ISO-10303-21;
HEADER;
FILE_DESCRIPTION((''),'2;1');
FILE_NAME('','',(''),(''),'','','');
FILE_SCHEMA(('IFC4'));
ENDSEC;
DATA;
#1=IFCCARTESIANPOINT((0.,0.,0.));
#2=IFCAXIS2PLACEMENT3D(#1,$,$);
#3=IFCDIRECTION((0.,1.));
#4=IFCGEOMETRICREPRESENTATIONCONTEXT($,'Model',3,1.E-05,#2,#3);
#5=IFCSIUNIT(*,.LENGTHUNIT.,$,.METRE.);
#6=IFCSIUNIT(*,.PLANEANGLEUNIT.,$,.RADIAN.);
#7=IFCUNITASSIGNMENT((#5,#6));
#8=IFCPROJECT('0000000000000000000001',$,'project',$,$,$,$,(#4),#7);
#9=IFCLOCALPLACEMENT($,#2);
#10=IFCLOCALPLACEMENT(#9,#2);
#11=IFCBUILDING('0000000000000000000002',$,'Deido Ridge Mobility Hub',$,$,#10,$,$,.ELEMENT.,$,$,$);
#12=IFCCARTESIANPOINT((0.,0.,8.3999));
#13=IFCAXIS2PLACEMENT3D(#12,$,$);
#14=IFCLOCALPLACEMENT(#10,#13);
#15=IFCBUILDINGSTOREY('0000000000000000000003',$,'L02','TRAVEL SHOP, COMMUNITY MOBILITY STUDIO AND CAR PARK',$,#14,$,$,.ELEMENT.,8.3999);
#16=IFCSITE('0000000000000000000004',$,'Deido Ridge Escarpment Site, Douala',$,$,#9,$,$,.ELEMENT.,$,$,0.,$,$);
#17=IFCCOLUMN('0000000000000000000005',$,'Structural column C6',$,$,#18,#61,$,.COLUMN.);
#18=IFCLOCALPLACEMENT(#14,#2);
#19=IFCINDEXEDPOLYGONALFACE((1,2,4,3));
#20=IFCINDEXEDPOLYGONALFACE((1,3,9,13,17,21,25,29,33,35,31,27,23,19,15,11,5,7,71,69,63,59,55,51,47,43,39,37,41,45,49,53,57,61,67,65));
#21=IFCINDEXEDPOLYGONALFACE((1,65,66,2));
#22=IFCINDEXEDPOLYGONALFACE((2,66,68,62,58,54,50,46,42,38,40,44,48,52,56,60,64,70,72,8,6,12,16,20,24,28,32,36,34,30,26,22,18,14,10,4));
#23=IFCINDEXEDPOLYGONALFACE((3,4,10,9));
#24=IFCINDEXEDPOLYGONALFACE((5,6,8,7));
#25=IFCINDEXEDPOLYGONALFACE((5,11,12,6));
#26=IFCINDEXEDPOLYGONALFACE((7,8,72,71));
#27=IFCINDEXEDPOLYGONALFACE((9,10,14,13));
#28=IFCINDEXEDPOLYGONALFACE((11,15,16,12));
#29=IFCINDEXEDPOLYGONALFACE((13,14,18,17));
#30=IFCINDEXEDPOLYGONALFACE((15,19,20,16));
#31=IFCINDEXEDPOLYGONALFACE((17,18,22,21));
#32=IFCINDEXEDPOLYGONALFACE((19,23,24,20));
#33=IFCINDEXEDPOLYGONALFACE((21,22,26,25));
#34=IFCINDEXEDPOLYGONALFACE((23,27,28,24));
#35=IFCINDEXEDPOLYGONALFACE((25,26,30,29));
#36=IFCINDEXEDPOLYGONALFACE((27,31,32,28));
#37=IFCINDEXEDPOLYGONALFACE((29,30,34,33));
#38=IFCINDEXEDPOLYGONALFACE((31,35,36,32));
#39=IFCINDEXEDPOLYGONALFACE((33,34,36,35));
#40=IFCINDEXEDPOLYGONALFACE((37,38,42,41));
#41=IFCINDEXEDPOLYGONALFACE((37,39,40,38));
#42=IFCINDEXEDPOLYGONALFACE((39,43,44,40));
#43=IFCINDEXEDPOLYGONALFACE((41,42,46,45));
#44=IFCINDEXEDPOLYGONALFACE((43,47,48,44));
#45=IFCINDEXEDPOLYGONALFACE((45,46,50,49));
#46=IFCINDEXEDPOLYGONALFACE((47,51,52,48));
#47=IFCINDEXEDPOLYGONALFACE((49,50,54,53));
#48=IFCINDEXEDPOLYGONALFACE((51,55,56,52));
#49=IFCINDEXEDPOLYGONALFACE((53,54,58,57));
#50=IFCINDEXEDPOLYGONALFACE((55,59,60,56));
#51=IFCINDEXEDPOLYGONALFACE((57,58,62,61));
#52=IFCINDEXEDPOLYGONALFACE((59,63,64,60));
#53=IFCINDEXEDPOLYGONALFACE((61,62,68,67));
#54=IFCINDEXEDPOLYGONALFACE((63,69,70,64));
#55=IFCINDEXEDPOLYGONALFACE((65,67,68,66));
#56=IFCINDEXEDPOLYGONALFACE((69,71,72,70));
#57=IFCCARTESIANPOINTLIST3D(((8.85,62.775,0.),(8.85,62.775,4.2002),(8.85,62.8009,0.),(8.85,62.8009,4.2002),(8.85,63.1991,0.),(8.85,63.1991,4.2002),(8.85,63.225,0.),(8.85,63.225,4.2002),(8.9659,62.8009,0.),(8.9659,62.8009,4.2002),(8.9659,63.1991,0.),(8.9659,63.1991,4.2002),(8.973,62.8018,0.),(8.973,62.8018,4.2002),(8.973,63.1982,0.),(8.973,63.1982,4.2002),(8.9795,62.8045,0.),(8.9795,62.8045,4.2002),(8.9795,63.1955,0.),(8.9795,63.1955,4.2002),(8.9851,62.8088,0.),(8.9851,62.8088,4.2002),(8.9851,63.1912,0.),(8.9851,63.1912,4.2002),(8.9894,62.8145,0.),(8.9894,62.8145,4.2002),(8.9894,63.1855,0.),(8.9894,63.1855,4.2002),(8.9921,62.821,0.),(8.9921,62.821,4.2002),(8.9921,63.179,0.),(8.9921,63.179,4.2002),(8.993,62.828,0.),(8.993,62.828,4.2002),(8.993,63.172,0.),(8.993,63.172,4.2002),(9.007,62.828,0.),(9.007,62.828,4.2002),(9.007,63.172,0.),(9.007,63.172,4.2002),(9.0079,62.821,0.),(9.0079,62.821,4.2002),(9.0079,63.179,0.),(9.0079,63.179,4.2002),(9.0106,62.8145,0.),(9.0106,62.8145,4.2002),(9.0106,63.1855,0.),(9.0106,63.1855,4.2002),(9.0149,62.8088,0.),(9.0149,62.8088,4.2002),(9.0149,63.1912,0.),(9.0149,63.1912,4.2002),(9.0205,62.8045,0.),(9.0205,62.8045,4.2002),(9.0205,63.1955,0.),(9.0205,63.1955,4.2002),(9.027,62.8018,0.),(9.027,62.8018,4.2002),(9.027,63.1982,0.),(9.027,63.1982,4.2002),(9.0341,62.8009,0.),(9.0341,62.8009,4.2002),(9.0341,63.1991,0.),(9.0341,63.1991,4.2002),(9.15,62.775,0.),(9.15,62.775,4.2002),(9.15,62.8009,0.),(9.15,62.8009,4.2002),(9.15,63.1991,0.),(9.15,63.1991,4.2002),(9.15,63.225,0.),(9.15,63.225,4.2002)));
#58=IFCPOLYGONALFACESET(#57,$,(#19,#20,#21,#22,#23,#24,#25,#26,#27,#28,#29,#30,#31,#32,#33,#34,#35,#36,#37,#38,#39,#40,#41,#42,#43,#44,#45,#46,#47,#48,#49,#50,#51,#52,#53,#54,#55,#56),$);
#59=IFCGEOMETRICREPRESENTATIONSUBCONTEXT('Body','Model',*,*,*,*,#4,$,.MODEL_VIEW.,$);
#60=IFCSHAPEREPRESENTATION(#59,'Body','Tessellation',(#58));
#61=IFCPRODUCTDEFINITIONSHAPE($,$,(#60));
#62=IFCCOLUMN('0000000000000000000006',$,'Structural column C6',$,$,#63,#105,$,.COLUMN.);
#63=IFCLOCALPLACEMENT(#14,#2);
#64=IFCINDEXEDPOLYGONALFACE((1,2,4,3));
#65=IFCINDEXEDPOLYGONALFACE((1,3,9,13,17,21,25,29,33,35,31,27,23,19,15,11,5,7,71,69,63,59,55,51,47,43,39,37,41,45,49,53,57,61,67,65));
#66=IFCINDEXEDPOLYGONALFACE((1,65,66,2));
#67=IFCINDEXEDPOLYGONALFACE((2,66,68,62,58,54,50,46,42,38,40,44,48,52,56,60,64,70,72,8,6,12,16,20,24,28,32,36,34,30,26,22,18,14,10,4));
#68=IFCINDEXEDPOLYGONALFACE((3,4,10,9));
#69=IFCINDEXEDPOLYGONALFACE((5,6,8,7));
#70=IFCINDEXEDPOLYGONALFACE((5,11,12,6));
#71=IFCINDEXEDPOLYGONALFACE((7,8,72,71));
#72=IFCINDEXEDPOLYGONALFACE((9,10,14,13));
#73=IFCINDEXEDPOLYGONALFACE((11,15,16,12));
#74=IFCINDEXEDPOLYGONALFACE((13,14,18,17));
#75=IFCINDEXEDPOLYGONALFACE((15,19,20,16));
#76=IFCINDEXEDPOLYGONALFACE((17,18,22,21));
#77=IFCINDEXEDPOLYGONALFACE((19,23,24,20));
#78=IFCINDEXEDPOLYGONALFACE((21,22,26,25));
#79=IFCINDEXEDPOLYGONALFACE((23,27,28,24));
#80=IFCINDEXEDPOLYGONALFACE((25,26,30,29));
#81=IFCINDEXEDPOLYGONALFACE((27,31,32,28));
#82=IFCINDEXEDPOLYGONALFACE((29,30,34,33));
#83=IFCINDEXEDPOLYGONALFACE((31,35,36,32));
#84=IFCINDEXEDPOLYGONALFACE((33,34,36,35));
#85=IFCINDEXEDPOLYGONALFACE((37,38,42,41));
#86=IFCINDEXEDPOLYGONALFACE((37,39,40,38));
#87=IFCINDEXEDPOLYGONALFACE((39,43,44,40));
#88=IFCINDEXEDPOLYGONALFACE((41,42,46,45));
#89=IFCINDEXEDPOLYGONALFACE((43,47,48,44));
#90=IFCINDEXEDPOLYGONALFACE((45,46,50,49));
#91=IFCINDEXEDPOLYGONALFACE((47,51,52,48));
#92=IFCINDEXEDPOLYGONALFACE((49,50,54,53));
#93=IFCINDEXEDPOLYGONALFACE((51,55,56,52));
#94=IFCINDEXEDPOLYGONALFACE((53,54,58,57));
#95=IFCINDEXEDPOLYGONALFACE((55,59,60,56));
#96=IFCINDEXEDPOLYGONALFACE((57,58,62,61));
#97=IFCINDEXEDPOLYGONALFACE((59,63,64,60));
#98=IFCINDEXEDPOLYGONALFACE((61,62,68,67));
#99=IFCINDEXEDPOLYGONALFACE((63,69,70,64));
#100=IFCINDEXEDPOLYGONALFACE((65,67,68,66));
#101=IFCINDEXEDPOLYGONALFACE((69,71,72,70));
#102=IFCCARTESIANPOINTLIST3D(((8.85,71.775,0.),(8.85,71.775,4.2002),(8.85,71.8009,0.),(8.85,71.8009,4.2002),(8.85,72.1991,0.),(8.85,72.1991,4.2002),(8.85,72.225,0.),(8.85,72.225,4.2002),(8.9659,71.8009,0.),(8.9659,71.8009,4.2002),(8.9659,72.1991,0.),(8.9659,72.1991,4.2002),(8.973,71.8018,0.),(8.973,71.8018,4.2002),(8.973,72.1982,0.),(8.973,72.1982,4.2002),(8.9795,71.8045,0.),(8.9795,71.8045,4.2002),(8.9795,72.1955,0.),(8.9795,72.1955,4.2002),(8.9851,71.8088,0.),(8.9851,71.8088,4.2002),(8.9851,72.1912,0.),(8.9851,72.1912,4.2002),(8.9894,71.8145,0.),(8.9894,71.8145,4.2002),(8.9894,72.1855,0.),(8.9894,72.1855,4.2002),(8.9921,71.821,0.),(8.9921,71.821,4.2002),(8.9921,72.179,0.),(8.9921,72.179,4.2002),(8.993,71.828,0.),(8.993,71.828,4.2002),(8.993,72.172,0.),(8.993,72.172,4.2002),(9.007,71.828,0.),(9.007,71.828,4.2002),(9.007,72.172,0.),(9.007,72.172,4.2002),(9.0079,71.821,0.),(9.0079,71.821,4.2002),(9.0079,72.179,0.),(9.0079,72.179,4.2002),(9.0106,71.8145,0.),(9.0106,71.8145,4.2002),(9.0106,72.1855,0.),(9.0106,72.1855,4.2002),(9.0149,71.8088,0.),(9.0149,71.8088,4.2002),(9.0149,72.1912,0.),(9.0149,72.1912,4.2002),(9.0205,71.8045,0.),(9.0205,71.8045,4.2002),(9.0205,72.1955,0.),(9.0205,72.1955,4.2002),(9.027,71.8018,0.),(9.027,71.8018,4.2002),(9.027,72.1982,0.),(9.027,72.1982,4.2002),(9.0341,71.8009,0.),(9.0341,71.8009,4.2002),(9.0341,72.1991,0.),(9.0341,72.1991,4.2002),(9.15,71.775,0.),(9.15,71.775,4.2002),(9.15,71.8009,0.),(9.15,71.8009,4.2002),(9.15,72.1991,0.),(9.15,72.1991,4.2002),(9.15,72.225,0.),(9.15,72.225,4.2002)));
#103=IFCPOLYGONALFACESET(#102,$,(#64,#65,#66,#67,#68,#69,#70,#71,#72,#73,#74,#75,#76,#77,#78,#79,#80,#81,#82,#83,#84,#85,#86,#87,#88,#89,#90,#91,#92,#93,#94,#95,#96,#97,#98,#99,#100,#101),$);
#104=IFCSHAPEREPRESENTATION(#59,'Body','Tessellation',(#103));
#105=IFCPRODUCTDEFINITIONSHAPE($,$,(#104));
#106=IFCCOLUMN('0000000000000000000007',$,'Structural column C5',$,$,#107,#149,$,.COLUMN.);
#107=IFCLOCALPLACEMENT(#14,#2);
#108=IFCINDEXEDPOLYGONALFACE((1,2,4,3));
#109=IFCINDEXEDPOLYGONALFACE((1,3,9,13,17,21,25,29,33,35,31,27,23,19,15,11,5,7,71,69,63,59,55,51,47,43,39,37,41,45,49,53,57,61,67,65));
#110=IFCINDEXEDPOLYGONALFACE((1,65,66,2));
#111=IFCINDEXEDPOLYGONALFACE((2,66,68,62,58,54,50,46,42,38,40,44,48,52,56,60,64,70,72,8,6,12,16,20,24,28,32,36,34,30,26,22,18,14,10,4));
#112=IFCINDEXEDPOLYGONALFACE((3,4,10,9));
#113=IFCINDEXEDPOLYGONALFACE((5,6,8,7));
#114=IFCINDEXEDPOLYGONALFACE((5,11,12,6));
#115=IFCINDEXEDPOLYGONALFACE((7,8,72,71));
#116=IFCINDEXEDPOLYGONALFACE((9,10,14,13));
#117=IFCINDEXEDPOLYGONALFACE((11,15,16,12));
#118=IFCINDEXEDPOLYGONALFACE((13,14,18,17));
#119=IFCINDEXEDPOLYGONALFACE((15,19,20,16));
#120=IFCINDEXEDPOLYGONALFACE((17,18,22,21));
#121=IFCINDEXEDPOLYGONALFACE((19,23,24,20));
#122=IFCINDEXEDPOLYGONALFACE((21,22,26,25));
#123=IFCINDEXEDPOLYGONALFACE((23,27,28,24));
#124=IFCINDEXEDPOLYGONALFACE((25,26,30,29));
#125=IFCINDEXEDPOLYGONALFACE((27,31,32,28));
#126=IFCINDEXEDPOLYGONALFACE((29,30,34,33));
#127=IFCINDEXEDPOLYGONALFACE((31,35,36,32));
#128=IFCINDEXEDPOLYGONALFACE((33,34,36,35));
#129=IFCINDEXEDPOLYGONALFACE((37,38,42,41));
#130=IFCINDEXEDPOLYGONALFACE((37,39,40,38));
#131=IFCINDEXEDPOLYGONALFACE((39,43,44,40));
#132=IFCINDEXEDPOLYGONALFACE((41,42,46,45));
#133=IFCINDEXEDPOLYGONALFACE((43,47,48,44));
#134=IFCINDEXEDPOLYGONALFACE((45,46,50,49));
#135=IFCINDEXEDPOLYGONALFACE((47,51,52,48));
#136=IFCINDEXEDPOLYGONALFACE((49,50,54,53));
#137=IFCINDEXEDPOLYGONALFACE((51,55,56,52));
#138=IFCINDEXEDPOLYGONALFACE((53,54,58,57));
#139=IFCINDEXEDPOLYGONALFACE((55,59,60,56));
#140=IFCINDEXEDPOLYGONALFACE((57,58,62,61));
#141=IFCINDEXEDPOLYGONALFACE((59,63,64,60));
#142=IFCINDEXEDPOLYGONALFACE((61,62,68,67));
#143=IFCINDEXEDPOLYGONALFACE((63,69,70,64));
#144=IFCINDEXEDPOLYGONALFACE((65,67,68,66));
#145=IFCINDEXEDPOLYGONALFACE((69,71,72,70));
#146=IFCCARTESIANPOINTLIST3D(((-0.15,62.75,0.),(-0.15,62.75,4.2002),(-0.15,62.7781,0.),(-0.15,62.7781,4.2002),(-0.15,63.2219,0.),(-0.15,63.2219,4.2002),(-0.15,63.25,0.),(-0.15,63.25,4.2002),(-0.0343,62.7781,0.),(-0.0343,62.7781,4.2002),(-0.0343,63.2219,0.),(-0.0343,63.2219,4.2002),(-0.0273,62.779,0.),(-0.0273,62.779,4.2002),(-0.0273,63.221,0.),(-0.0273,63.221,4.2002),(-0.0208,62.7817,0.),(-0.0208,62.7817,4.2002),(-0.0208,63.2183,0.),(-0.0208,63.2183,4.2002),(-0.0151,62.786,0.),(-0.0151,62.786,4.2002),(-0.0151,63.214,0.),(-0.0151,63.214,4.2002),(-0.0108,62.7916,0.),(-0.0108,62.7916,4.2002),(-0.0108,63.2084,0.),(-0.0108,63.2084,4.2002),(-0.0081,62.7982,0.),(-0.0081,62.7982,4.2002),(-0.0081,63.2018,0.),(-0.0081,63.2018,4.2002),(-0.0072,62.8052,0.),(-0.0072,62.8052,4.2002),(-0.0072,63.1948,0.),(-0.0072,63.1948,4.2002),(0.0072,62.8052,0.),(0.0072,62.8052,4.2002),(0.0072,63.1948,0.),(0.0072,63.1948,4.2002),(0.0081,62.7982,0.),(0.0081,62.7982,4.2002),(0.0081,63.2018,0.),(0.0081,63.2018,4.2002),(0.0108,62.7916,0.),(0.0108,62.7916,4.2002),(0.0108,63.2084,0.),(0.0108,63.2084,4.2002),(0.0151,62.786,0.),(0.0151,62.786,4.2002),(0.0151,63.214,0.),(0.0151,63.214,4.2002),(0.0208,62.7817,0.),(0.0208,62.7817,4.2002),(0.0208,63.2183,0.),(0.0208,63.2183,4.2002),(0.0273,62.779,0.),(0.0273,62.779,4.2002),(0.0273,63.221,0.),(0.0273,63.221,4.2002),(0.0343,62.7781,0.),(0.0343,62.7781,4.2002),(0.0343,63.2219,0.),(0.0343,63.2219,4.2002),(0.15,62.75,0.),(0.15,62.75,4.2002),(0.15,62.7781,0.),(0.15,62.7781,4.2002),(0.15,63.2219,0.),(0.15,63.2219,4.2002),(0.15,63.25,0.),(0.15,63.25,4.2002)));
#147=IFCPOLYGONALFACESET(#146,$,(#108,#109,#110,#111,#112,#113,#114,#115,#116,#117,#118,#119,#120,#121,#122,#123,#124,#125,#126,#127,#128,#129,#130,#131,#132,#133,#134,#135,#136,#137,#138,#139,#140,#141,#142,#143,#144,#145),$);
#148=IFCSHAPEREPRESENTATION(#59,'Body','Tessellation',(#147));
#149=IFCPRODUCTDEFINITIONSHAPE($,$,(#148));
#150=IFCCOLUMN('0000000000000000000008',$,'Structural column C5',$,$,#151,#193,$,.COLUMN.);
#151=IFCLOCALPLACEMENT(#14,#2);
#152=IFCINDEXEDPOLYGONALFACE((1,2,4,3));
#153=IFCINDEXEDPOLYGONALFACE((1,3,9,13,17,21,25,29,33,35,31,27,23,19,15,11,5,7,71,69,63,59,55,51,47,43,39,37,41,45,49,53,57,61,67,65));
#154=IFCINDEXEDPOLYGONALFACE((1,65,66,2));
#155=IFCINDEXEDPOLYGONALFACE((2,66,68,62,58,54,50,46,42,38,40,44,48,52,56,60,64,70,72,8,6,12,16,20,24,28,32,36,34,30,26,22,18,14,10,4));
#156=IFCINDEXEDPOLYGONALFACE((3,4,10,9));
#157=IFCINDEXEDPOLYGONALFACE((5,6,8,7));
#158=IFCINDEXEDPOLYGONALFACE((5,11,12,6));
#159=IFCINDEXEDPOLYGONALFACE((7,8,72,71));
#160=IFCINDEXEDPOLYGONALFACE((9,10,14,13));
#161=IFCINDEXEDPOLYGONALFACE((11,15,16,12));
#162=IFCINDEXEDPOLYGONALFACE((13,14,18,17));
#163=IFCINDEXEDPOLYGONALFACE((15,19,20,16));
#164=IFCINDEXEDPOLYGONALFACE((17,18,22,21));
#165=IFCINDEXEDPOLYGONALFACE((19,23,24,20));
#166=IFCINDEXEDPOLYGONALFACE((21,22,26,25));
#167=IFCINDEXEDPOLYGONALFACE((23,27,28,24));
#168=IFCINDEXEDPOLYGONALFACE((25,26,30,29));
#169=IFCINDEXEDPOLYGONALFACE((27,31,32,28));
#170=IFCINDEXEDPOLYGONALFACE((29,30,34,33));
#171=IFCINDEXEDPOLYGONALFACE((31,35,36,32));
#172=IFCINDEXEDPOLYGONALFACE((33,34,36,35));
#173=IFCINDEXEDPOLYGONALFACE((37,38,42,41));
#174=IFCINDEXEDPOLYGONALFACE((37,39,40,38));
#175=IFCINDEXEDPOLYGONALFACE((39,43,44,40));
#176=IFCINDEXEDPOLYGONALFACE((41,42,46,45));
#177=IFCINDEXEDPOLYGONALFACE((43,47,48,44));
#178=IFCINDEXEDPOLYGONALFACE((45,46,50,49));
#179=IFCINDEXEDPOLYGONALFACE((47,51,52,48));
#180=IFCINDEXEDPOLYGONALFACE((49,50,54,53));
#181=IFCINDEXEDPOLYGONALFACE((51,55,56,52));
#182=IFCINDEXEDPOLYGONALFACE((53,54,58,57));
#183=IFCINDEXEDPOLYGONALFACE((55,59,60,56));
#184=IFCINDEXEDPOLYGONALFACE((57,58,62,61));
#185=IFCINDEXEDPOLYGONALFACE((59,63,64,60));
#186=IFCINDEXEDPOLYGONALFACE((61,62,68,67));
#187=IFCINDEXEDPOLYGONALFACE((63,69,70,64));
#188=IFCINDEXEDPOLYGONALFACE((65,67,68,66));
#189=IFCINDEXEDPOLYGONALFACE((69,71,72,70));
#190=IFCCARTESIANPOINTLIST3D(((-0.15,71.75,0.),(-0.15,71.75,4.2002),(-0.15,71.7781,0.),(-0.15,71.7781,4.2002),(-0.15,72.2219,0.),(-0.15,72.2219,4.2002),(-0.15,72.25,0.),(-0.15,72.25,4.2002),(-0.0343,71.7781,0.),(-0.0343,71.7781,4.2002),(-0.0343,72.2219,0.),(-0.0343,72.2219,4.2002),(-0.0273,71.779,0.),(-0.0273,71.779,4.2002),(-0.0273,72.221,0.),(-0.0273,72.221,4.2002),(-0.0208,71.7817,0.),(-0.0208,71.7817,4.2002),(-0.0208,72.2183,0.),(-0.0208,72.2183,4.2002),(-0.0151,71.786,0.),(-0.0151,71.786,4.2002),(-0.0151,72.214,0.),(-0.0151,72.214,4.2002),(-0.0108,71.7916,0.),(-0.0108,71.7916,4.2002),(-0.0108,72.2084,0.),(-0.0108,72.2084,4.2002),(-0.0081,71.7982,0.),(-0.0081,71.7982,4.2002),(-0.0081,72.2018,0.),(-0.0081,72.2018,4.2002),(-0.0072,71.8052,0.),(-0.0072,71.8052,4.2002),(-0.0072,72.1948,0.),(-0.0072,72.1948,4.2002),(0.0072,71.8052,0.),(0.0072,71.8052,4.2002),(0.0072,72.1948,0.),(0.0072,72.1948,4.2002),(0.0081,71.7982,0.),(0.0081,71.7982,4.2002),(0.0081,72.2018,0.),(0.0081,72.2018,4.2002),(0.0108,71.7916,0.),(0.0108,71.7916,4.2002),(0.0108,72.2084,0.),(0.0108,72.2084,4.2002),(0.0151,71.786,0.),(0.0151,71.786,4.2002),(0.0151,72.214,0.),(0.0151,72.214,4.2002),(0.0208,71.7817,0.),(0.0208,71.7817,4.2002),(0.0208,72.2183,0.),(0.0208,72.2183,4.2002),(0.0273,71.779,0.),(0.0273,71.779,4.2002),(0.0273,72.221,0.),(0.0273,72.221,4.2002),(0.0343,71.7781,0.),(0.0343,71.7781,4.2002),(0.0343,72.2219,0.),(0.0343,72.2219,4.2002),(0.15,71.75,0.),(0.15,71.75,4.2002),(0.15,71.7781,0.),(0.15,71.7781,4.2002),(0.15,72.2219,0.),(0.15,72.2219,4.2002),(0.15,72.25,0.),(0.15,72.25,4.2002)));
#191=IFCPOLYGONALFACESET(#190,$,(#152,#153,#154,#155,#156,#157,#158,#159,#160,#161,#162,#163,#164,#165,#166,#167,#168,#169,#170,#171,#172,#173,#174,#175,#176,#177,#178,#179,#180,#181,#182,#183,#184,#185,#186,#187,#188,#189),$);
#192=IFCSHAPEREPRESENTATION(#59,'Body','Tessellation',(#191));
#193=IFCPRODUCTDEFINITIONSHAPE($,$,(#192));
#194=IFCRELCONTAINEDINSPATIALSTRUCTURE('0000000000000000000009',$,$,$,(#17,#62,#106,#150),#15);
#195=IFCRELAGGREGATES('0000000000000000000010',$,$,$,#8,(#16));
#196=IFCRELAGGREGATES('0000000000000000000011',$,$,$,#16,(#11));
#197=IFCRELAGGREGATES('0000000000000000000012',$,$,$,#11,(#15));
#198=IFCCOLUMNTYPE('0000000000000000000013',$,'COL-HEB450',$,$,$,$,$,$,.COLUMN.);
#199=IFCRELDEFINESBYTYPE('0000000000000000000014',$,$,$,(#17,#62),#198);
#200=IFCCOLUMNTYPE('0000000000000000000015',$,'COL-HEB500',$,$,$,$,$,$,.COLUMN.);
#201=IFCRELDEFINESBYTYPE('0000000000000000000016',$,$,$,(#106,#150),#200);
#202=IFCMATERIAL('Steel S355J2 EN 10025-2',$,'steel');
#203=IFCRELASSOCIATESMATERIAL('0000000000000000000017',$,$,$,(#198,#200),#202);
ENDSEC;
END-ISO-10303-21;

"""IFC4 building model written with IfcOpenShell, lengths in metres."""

from ifc_helpers import new_model, si_unit, direction, frame, origin, origin_2d, place, context, subcontext, project, spatial, i_section, extrude, material, material_profile, profile_set, type_object, element, save


model = new_model("IFC4")

# Units and contexts
model_context = context("Model", 3, precision=1e-05, world=origin(), true_north=direction((0.0, 1.0)))
body_context = subcontext(model_context, "Body", "Model", "MODEL_VIEW")
ifc_project = project(units=[si_unit("LENGTHUNIT", "METRE"), si_unit("PLANEANGLEUNIT", "RADIAN")], contexts=[model_context])

# Site, building, storey
site_placement = place(None, origin())
site = spatial("IfcSite", under=ifc_project, at=site_placement, Name="Deido Ridge Escarpment Site, Douala", CompositionType="ELEMENT", RefElevation=0.0)
building_placement = place(site_placement, origin())
building = spatial("IfcBuilding", under=site, at=building_placement, Name="Deido Ridge Mobility Hub", CompositionType="ELEMENT")
storey_placement = place(building_placement, frame((0.0, 0.0, 8.3999)))
storey = spatial("IfcBuildingStorey", under=building, at=storey_placement, Name="L02", Description="TRAVEL SHOP, COMMUNITY MOBILITY STUDIO AND CAR PARK", CompositionType="ELEMENT", Elevation=8.3999)

# Columns
ifc_material_1 = material(Name="Steel S355J2 EN 10025-2", Category="steel")
ifc_material_profile_1 = material_profile(ifc_material_1, i_section(OverallWidth=0.3, OverallDepth=0.45, WebThickness=0.0139, FlangeThickness=0.0259, FilletRadius=0.0271, at=origin_2d()), Name="HEB 450")
ifc_profile_set_1 = profile_set([ifc_material_profile_1], Name="Steel S355J2 EN 10025-2")
column_type_1 = type_object("IfcColumnType", Name="COL-HEB450", PredefinedType="COLUMN", material=ifc_profile_set_1)
for number, where, z_axis, x_axis, name in (
    (1, (9.0, 63.0, 0.0), (0.0, 0.0, 1.0), (1.0, 0.0, 0.0), "Structural column C6"),
    (2, (9.0, 72.0, 0.0), (0.0, 0.0, 1.0), (1.0, 0.0, 0.0), "Structural column C6"),
):
    element("IfcColumn", number, at=place(storey_placement, frame(where, z_axis=z_axis, x_axis=x_axis)), inside=storey, type_object=column_type_1, Name=name, PredefinedType="COLUMN", context=body_context, shape_type="SweptSolid", body=[
        extrude(i_section(OverallWidth=0.3, OverallDepth=0.45, WebThickness=0.0139, FlangeThickness=0.0259, FilletRadius=0.0271, at=origin_2d()), origin(), (0.0, 0.0, 1.0), 4.2002),
    ])
ifc_material_profile_2 = material_profile(ifc_material_1, i_section(OverallWidth=0.3, OverallDepth=0.5, WebThickness=0.0144, FlangeThickness=0.0281, FilletRadius=0.0271, at=origin_2d()), Name="HEB 500")
ifc_profile_set_2 = profile_set([ifc_material_profile_2], Name="Steel S355J2 EN 10025-2")
column_type_2 = type_object("IfcColumnType", Name="COL-HEB500", PredefinedType="COLUMN", material=ifc_profile_set_2)
for number, where, z_axis, x_axis, name in (
    (3, (0.0, 63.0, 0.0), (0.0, 0.0, 1.0), (1.0, 0.0, 0.0), "Structural column C5"),
    (4, (0.0, 72.0, 0.0), (0.0, 0.0, 1.0), (1.0, 0.0, 0.0), "Structural column C5"),
):
    element("IfcColumn", number, at=place(storey_placement, frame(where, z_axis=z_axis, x_axis=x_axis)), inside=storey, type_object=column_type_2, Name=name, PredefinedType="COLUMN", context=body_context, shape_type="SweptSolid", body=[
        extrude(i_section(OverallWidth=0.3, OverallDepth=0.5, WebThickness=0.0144, FlangeThickness=0.0281, FilletRadius=0.0271, at=origin_2d()), origin(), (0.0, 0.0, 1.0), 4.2002),
    ])

save(model, "model.ifc")
